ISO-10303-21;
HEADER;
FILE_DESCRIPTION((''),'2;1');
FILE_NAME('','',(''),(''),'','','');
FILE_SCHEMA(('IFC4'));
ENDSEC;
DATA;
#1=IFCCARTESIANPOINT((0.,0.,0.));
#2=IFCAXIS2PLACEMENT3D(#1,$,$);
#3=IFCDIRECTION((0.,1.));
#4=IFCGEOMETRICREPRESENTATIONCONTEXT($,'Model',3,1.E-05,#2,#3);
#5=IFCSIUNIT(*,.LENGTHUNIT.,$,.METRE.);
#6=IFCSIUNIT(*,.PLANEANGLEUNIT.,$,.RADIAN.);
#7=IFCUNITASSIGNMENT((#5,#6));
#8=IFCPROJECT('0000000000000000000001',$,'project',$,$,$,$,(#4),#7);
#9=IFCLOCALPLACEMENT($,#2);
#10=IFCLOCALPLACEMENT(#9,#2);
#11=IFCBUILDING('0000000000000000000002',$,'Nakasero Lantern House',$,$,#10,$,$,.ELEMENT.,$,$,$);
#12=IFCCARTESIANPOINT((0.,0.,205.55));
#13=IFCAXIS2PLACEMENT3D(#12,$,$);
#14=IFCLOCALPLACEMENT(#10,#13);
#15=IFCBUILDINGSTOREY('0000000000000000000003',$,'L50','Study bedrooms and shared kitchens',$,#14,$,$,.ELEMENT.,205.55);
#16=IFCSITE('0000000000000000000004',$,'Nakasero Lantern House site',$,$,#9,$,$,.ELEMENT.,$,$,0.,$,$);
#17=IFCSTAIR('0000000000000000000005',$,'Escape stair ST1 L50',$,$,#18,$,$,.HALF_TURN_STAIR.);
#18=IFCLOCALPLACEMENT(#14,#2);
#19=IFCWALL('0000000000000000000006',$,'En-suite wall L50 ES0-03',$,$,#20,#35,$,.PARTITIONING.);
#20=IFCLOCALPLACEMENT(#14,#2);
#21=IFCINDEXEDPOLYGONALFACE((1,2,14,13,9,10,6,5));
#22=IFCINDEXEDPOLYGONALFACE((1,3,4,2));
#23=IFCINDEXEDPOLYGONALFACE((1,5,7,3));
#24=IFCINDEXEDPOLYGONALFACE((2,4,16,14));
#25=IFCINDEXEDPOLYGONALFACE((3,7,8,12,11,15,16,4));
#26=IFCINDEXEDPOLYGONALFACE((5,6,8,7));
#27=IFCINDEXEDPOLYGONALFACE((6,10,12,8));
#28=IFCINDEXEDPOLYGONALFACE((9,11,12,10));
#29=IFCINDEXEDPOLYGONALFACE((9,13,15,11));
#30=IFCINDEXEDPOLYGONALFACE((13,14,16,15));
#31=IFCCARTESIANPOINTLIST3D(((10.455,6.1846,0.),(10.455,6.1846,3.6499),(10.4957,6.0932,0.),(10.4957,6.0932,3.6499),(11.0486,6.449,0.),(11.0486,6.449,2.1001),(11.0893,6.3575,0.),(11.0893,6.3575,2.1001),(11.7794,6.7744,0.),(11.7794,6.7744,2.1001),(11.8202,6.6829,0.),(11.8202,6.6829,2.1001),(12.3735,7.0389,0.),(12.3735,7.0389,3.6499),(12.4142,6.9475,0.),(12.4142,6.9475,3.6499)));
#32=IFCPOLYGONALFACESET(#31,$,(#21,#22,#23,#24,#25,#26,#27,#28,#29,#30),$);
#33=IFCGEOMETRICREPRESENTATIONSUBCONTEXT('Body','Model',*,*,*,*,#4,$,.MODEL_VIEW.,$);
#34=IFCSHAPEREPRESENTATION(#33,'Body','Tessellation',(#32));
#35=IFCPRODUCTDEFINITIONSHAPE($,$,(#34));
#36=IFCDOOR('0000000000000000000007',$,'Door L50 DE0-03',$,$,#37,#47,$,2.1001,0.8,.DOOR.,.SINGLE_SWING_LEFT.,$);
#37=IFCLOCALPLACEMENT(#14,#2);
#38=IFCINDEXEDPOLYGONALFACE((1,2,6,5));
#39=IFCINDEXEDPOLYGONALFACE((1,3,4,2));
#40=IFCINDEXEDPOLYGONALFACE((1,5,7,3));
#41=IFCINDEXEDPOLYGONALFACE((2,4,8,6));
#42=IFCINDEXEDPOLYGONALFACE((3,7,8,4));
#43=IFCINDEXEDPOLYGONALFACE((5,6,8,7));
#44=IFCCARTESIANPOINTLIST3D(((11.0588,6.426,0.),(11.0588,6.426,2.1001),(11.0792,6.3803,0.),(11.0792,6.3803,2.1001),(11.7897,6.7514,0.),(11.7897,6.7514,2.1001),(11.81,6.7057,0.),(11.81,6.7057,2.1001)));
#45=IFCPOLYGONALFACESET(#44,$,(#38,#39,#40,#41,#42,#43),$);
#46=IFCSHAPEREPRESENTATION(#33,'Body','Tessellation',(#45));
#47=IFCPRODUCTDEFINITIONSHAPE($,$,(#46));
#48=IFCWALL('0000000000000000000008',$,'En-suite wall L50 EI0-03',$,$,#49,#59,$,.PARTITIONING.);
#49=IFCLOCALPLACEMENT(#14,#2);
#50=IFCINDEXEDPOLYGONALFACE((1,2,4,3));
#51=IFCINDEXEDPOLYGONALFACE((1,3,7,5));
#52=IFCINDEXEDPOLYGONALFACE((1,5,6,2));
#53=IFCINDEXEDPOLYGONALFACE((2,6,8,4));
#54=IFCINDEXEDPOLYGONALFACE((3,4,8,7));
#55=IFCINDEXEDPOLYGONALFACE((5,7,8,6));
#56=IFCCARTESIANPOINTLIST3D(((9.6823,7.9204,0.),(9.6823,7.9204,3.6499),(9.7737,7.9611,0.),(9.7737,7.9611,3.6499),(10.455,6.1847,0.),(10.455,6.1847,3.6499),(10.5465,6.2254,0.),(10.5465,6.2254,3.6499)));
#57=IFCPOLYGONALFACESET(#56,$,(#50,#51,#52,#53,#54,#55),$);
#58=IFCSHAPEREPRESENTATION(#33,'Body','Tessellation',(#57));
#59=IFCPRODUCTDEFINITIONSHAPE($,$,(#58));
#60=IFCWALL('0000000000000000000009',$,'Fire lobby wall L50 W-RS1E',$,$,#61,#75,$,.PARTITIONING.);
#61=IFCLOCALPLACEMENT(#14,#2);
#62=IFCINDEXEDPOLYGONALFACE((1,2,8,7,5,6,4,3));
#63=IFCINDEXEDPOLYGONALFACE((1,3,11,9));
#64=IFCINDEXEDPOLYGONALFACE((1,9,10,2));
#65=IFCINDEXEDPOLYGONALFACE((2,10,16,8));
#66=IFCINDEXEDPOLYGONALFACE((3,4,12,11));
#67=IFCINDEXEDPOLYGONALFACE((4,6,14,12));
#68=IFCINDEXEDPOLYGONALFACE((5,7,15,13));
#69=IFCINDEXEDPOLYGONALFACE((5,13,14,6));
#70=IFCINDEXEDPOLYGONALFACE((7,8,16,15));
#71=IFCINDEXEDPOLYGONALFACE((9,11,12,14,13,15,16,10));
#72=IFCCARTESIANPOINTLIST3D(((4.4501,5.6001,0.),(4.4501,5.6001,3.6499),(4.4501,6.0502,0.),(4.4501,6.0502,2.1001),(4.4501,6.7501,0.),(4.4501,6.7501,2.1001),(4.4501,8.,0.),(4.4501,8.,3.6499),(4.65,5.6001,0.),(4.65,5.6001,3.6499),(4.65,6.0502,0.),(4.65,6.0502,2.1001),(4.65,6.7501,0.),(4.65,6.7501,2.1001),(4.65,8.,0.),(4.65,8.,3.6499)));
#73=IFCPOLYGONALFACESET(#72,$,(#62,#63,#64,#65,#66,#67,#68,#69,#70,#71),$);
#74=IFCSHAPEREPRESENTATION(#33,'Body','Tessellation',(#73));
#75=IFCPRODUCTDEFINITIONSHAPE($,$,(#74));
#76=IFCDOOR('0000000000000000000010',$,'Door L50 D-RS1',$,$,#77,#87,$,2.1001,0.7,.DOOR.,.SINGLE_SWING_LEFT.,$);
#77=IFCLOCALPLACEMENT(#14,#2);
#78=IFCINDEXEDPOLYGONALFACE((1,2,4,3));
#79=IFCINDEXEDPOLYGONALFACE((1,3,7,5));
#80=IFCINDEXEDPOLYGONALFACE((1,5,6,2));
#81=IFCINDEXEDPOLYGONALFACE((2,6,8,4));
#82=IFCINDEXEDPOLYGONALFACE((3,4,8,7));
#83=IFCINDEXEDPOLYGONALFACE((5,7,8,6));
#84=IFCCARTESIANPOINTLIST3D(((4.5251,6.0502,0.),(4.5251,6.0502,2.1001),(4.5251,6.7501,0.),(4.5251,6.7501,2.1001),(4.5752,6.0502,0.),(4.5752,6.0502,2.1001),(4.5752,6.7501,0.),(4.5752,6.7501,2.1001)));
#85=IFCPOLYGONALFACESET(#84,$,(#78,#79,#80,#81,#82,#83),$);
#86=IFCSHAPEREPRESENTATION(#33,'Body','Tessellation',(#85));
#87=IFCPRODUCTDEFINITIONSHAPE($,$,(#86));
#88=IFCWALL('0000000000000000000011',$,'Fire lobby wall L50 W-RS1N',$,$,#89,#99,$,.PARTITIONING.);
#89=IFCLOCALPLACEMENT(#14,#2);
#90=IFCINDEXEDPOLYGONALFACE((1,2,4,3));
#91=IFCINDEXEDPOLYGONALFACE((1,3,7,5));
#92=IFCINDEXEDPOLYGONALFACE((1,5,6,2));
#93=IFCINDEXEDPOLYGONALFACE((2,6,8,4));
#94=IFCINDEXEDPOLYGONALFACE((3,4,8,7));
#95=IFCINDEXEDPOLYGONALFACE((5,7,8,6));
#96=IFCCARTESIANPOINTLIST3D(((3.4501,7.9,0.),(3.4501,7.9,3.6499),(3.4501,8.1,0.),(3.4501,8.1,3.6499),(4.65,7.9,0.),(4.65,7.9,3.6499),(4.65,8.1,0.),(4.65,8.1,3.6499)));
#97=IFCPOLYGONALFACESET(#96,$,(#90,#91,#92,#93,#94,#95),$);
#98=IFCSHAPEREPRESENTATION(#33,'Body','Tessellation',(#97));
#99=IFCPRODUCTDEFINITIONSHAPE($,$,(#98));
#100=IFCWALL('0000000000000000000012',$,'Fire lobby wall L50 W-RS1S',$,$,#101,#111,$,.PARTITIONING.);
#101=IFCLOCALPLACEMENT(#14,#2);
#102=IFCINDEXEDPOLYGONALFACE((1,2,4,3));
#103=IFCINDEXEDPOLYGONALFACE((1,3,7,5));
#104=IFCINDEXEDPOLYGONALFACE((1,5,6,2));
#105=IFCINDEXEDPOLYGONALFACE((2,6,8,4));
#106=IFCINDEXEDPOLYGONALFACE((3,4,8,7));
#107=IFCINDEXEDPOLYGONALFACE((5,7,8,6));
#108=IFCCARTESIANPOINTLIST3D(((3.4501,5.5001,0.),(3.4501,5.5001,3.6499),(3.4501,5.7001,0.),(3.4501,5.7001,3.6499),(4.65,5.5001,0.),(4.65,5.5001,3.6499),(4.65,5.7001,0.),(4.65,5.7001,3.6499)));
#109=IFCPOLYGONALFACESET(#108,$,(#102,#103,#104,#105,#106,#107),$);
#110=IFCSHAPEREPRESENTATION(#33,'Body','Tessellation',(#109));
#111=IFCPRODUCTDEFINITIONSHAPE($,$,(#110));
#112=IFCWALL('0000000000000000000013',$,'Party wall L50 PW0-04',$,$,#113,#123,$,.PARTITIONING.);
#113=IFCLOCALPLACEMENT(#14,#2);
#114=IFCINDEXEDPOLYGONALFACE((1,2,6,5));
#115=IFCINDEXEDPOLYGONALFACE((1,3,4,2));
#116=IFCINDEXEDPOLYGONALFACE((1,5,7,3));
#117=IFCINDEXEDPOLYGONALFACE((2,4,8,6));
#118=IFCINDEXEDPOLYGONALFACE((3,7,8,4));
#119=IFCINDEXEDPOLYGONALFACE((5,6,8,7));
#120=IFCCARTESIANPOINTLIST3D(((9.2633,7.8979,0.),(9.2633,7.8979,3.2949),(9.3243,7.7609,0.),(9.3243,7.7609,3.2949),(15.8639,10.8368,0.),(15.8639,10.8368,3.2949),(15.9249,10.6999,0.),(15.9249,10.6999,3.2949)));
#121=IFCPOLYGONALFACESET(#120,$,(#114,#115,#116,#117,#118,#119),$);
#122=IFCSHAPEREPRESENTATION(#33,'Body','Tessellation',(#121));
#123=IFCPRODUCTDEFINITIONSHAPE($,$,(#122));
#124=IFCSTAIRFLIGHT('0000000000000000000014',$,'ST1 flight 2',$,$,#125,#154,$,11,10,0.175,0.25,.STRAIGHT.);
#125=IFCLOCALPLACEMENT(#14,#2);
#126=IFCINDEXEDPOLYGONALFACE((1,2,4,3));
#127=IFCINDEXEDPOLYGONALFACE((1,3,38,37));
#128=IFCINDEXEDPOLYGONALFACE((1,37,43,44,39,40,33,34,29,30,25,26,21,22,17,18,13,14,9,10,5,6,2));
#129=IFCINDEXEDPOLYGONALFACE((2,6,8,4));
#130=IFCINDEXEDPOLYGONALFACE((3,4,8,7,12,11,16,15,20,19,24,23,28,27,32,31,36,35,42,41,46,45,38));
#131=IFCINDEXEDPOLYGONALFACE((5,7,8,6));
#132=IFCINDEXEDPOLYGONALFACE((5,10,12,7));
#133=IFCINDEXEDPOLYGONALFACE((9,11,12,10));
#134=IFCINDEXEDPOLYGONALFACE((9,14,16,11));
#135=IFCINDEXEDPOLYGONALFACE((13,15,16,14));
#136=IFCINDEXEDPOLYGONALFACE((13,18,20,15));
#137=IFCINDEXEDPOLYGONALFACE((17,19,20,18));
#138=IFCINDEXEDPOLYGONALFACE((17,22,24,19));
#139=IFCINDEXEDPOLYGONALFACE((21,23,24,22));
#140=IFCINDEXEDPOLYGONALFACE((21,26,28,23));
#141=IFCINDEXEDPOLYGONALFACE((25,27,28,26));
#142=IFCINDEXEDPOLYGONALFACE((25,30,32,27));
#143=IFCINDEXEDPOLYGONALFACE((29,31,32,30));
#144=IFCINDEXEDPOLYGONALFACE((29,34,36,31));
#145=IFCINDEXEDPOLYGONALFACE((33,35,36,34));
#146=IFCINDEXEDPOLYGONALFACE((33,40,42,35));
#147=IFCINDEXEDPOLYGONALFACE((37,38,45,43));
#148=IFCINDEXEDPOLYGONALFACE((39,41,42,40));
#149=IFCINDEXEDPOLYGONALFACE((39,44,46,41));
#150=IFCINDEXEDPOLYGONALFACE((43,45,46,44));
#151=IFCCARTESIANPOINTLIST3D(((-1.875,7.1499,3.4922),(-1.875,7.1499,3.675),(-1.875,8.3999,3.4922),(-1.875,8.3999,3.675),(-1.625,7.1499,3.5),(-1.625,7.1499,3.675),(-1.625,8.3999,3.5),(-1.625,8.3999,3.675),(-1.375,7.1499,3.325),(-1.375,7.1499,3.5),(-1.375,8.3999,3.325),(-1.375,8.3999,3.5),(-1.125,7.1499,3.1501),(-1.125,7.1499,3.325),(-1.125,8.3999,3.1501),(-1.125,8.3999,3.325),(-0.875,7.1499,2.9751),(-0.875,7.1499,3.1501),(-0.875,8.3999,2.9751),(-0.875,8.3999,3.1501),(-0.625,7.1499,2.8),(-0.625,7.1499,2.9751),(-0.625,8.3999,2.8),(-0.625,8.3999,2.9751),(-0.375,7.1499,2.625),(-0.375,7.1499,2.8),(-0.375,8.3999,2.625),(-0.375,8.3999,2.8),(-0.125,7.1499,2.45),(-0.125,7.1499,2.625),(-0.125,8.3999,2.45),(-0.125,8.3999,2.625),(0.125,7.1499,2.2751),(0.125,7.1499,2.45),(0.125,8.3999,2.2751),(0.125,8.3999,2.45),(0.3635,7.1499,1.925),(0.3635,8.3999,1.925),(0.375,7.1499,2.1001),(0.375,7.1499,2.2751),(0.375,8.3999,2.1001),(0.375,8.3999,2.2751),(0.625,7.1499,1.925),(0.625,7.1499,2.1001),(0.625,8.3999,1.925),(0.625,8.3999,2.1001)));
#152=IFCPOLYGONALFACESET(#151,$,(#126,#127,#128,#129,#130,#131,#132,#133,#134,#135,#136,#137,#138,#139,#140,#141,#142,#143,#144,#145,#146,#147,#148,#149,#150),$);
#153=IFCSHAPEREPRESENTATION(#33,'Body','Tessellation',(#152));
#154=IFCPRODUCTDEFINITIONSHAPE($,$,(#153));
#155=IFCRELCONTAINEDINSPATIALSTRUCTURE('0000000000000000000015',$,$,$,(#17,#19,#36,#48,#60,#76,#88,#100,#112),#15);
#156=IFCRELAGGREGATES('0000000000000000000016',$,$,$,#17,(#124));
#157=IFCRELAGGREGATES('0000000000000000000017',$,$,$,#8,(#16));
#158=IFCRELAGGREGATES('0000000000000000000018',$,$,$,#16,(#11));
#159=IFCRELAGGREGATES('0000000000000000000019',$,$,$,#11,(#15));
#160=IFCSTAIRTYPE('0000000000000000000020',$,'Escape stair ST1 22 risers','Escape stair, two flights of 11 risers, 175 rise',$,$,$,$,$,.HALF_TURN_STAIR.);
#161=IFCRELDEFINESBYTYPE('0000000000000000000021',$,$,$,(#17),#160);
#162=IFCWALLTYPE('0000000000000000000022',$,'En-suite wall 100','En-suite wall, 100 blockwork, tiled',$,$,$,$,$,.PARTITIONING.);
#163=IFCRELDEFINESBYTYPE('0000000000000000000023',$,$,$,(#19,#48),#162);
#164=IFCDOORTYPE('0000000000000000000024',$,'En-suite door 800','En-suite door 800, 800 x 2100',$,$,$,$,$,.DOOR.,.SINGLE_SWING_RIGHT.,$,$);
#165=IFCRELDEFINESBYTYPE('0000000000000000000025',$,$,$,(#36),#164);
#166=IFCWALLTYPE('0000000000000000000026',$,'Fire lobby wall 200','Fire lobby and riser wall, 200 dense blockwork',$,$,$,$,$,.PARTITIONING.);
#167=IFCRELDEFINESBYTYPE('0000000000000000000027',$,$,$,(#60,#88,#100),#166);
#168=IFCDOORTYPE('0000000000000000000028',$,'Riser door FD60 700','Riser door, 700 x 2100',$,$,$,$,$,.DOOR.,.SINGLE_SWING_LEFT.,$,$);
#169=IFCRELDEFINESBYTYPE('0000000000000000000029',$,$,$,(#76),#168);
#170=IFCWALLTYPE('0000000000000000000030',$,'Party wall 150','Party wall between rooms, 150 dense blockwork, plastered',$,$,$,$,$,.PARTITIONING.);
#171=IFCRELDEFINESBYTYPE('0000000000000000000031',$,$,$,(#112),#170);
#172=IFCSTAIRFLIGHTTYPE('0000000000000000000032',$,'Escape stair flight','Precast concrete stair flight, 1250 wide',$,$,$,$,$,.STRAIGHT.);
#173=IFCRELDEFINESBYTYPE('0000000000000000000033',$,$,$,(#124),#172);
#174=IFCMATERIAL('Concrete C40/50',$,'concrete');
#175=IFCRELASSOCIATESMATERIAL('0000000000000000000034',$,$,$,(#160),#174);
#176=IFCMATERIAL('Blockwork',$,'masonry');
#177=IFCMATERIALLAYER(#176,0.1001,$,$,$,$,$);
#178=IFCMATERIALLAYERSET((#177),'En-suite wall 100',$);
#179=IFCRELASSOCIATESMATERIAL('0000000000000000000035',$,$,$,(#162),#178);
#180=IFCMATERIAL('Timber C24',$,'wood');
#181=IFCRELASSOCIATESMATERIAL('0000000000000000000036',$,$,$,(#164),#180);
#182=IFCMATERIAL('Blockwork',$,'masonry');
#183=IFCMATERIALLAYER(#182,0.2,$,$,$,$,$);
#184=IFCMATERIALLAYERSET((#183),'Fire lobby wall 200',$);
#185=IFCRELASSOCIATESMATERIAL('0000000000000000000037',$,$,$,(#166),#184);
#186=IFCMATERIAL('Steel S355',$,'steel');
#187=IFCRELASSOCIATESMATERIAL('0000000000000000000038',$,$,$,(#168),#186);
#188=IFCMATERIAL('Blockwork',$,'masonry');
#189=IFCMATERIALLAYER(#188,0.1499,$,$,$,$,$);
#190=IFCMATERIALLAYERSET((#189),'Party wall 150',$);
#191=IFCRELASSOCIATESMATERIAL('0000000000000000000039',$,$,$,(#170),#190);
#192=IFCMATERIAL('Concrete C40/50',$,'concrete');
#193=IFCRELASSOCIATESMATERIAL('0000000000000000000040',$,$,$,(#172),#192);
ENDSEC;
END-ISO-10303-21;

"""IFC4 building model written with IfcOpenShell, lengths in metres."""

from ifc_helpers import new_model, si_unit, direction, frame, frame_2d, origin, place, context, subcontext, project, spatial, polyline, rectangle, outline, extrude, material, layer, layer_set, type_object, element, fill, aggregate, save


model = new_model("IFC4")

# Units and contexts
model_context = context("Model", 3, precision=1e-05, world=origin(), true_north=direction((0.0, 1.0)))
body_context = subcontext(model_context, "Body", "Model", "MODEL_VIEW")
ifc_project = project(units=[si_unit("LENGTHUNIT", "METRE"), si_unit("PLANEANGLEUNIT", "RADIAN")], contexts=[model_context])

# Site, building, storey
site_placement = place(None, origin())
site = spatial("IfcSite", under=ifc_project, at=site_placement, Name="Nakasero Lantern House site", CompositionType="ELEMENT", RefElevation=0.0)
building_placement = place(site_placement, origin())
building = spatial("IfcBuilding", under=site, at=building_placement, Name="Nakasero Lantern House", CompositionType="ELEMENT")
storey_placement = place(building_placement, frame((0.0, 0.0, 205.55)))
storey = spatial("IfcBuildingStorey", under=building, at=storey_placement, Name="L50", Description="Study bedrooms and shared kitchens", CompositionType="ELEMENT", Elevation=205.55)

# Stair
ifc_material_1 = material(Name="Concrete C40/50", Category="concrete")
stair_type_1 = type_object("IfcStairType", Name="Escape stair ST1 22 risers", Description="Escape stair, two flights of 11 risers, 175 rise", PredefinedType="HALF_TURN_STAIR", material=ifc_material_1)
stair_1_placement = place(storey_placement, origin())
stair_1 = element("IfcStair", 1, at=stair_1_placement, inside=storey, type_object=stair_type_1, Name="Escape stair ST1 L50", PredefinedType="HALF_TURN_STAIR")

# Wall, opening, door
ifc_material_2 = material(Name="Blockwork", Category="masonry")
ifc_layer_1 = layer(ifc_material_2, 0.1001)
ifc_layer_set_1 = layer_set([ifc_layer_1], Name="En-suite wall 100")
wall_type_1 = type_object("IfcWallType", Name="En-suite wall 100", Description="En-suite wall, 100 blockwork, tiled", PredefinedType="PARTITIONING", material=ifc_layer_set_1)
wall_1_placement = place(storey_placement, frame((10.4753, 6.1389, 0.0), z_axis=(0.0, 0.0, 1.0), x_axis=(0.913528, 0.406775, 0.0)))
wall_1 = element("IfcWall", 2, at=wall_1_placement, inside=storey, type_object=wall_type_1, Name="En-suite wall L50 ES0-03", PredefinedType="PARTITIONING", context=body_context, shape_type="SweptSolid", body=[
    extrude(rectangle(XDim=2.1001, YDim=0.1001, at=frame_2d((1.05, 0.0))), origin(), (0.0, 0.0, 1.0), 3.6499),
])
opening_1_placement = place(wall_1_placement, frame((0.6499, 0.0, 0.0)))
opening_1 = element("IfcOpeningElement", 3, at=opening_1_placement, cuts=wall_1, PredefinedType="OPENING", context=body_context, shape_type="SweptSolid", body=[
    extrude(rectangle(XDim=0.8, YDim=2.1001, at=frame_2d((0.3999, 1.05))), frame((0.0, 0.0701, 0.0), z_axis=(0.0, -1.0, 0.0), x_axis=(1.0, 0.0, 0.0)), (0.0, 0.0, 1.0), 0.1401),
])
ifc_material_3 = material(Name="Timber C24", Category="wood")
door_type_1 = type_object("IfcDoorType", Name="En-suite door 800", Description="En-suite door 800, 800 x 2100", OperationType="SINGLE_SWING_RIGHT", PredefinedType="DOOR", material=ifc_material_3)
door_1_placement = place(opening_1_placement, origin())
door_1 = element("IfcDoor", 4, at=door_1_placement, inside=storey, type_object=door_type_1, Name="Door L50 DE0-03", OperationType="SINGLE_SWING_LEFT", OverallHeight=2.1001, OverallWidth=0.8, PredefinedType="DOOR", context=body_context, shape_type="SweptSolid", body=[
    extrude(rectangle(XDim=0.8, YDim=2.1001, at=frame_2d((0.3999, 1.05))), frame((0.0, 0.0249, 0.0), z_axis=(0.0, -1.0, 0.0), x_axis=(1.0, 0.0, 0.0)), (0.0, 0.0, 1.0), 0.05),
])
fill(opening_1, door_1)

# Wall
wall_2_placement = place(storey_placement, frame((10.5007, 6.2051, 0.0), z_axis=(0.0, 0.0, 1.0), x_axis=(-0.406723, 0.913552, 0.0)))
element("IfcWall", 5, at=wall_2_placement, inside=storey, type_object=wall_type_1, Name="En-suite wall L50 EI0-03", PredefinedType="PARTITIONING", context=body_context, shape_type="SweptSolid", body=[
    extrude(rectangle(XDim=1.8999, YDim=0.1001, at=frame_2d((0.95, 0.0))), origin(), (0.0, 0.0, 1.0), 3.6499),
])

# Wall, opening, door
ifc_material_4 = material(Name="Blockwork", Category="masonry")
ifc_layer_2 = layer(ifc_material_4, 0.2)
ifc_layer_set_2 = layer_set([ifc_layer_2], Name="Fire lobby wall 200")
wall_type_2 = type_object("IfcWallType", Name="Fire lobby wall 200", Description="Fire lobby and riser wall, 200 dense blockwork", PredefinedType="PARTITIONING", material=ifc_layer_set_2)
wall_3_placement = place(storey_placement, frame((4.55, 5.6001, 0.0), z_axis=(0.0, 0.0, 1.0), x_axis=(0.0, 1.0, 0.0)))
wall_3 = element("IfcWall", 6, at=wall_3_placement, inside=storey, type_object=wall_type_2, Name="Fire lobby wall L50 W-RS1E", PredefinedType="PARTITIONING", context=body_context, shape_type="SweptSolid", body=[
    extrude(rectangle(XDim=2.3999, YDim=0.2, at=frame_2d((1.2, 0.0))), origin(), (0.0, 0.0, 1.0), 3.6499),
])
opening_2_placement = place(wall_3_placement, frame((0.45, 0.0, 0.0)))
opening_2 = element("IfcOpeningElement", 7, at=opening_2_placement, cuts=wall_3, PredefinedType="OPENING", context=body_context, shape_type="SweptSolid", body=[
    extrude(rectangle(XDim=0.7, YDim=2.1001, at=frame_2d((0.3501, 1.05))), frame((0.0, 0.1199, 0.0), z_axis=(0.0, -1.0, 0.0), x_axis=(1.0, 0.0, 0.0)), (0.0, 0.0, 1.0), 0.24),
])
ifc_material_5 = material(Name="Steel S355", Category="steel")
door_type_2 = type_object("IfcDoorType", Name="Riser door FD60 700", Description="Riser door, 700 x 2100", OperationType="SINGLE_SWING_LEFT", PredefinedType="DOOR", material=ifc_material_5)
door_2_placement = place(opening_2_placement, origin())
door_2 = element("IfcDoor", 8, at=door_2_placement, inside=storey, type_object=door_type_2, Name="Door L50 D-RS1", OperationType="SINGLE_SWING_LEFT", OverallHeight=2.1001, OverallWidth=0.7, PredefinedType="DOOR", context=body_context, shape_type="SweptSolid", body=[
    extrude(rectangle(XDim=0.7, YDim=2.1001, at=frame_2d((0.3501, 1.05))), frame((0.0, 0.0249, 0.0), z_axis=(0.0, -1.0, 0.0), x_axis=(1.0, 0.0, 0.0)), (0.0, 0.0, 1.0), 0.05),
])
fill(opening_2, door_2)

# Walls
for number, where, z_axis, x_axis, name in (
    (9, (3.45, 8.0, 0.0), (0.0, 0.0, 1.0), (1.0, 0.0, 0.0), "Fire lobby wall L50 W-RS1N"),
    (10, (3.45, 5.6001, 0.0), (0.0, 0.0, 1.0), (1.0, 0.0, 0.0), "Fire lobby wall L50 W-RS1S"),
):
    element("IfcWall", number, at=place(storey_placement, frame(where, z_axis=z_axis, x_axis=x_axis)), inside=storey, type_object=wall_type_2, Name=name, PredefinedType="PARTITIONING", context=body_context, shape_type="SweptSolid", body=[
        extrude(rectangle(XDim=1.2, YDim=0.2, at=frame_2d((0.6001, 0.0))), origin(), (0.0, 0.0, 1.0), 3.6499),
    ])
ifc_material_6 = material(Name="Blockwork", Category="masonry")
ifc_layer_3 = layer(ifc_material_6, 0.1499)
ifc_layer_set_3 = layer_set([ifc_layer_3], Name="Party wall 150")
wall_type_3 = type_object("IfcWallType", Name="Party wall 150", Description="Party wall between rooms, 150 dense blockwork, plastered", PredefinedType="PARTITIONING", material=ifc_layer_set_3)
wall_4_placement = place(storey_placement, frame((9.2937, 7.8293, 0.0), z_axis=(0.0, 0.0, 1.0), x_axis=(0.913535, 0.406759, 0.0)))
element("IfcWall", 11, at=wall_4_placement, inside=storey, type_object=wall_type_3, Name="Party wall L50 PW0-04", PredefinedType="PARTITIONING", context=body_context, shape_type="SweptSolid", body=[
    extrude(rectangle(XDim=7.2253, YDim=0.1499, at=frame_2d((3.6128, 0.0))), origin(), (0.0, 0.0, 1.0), 3.2949),
])

# Stair flight
ifc_material_7 = material(Name="Concrete C40/50", Category="concrete")
stair_flight_type = type_object("IfcStairFlightType", Name="Escape stair flight", Description="Precast concrete stair flight, 1250 wide", PredefinedType="STRAIGHT", material=ifc_material_7)
stair_flight_placement = place(storey_placement, frame((0.625, 7.7749, 1.925), z_axis=(0.0, 0.0, 1.0), x_axis=(-1.0, 0.0, 0.0)))
stair_flight = element("IfcStairFlight", 12, at=stair_flight_placement, type_object=stair_flight_type, Name="ST1 flight 2", NumberOfRisers=11, NumberOfTreads=10, PredefinedType="STRAIGHT", RiserHeight=0.175, TreadLength=0.25, context=body_context, shape_type="SweptSolid", body=[
    extrude(outline(polyline([(0.0, 0.0), (0.0, 0.175), (0.25, 0.175), (0.25, 0.3501), (0.5, 0.3501), (0.5, 0.5249), (0.75, 0.5249), (0.75, 0.7), (1.0, 0.7), (1.0, 0.875), (1.25, 0.875), (1.25, 1.05), (1.5, 1.05), (1.5, 1.2251), (1.75, 1.2251), (1.75, 1.3999), (2.0, 1.3999), (2.0, 1.575), (2.25, 1.575), (2.25, 1.75), (2.5, 1.75), (2.5, 1.925), (2.5, 1.5671), (0.2615, 0.0), (0.0, 0.0)])), frame((0.0, 0.625, 0.0), z_axis=(0.0, -1.0, 0.0), x_axis=(1.0, 0.0, 0.0)), (0.0, 0.0, 1.0), 1.25),
])
aggregate(stair_1, [stair_flight])

save(model, "model.ifc")
